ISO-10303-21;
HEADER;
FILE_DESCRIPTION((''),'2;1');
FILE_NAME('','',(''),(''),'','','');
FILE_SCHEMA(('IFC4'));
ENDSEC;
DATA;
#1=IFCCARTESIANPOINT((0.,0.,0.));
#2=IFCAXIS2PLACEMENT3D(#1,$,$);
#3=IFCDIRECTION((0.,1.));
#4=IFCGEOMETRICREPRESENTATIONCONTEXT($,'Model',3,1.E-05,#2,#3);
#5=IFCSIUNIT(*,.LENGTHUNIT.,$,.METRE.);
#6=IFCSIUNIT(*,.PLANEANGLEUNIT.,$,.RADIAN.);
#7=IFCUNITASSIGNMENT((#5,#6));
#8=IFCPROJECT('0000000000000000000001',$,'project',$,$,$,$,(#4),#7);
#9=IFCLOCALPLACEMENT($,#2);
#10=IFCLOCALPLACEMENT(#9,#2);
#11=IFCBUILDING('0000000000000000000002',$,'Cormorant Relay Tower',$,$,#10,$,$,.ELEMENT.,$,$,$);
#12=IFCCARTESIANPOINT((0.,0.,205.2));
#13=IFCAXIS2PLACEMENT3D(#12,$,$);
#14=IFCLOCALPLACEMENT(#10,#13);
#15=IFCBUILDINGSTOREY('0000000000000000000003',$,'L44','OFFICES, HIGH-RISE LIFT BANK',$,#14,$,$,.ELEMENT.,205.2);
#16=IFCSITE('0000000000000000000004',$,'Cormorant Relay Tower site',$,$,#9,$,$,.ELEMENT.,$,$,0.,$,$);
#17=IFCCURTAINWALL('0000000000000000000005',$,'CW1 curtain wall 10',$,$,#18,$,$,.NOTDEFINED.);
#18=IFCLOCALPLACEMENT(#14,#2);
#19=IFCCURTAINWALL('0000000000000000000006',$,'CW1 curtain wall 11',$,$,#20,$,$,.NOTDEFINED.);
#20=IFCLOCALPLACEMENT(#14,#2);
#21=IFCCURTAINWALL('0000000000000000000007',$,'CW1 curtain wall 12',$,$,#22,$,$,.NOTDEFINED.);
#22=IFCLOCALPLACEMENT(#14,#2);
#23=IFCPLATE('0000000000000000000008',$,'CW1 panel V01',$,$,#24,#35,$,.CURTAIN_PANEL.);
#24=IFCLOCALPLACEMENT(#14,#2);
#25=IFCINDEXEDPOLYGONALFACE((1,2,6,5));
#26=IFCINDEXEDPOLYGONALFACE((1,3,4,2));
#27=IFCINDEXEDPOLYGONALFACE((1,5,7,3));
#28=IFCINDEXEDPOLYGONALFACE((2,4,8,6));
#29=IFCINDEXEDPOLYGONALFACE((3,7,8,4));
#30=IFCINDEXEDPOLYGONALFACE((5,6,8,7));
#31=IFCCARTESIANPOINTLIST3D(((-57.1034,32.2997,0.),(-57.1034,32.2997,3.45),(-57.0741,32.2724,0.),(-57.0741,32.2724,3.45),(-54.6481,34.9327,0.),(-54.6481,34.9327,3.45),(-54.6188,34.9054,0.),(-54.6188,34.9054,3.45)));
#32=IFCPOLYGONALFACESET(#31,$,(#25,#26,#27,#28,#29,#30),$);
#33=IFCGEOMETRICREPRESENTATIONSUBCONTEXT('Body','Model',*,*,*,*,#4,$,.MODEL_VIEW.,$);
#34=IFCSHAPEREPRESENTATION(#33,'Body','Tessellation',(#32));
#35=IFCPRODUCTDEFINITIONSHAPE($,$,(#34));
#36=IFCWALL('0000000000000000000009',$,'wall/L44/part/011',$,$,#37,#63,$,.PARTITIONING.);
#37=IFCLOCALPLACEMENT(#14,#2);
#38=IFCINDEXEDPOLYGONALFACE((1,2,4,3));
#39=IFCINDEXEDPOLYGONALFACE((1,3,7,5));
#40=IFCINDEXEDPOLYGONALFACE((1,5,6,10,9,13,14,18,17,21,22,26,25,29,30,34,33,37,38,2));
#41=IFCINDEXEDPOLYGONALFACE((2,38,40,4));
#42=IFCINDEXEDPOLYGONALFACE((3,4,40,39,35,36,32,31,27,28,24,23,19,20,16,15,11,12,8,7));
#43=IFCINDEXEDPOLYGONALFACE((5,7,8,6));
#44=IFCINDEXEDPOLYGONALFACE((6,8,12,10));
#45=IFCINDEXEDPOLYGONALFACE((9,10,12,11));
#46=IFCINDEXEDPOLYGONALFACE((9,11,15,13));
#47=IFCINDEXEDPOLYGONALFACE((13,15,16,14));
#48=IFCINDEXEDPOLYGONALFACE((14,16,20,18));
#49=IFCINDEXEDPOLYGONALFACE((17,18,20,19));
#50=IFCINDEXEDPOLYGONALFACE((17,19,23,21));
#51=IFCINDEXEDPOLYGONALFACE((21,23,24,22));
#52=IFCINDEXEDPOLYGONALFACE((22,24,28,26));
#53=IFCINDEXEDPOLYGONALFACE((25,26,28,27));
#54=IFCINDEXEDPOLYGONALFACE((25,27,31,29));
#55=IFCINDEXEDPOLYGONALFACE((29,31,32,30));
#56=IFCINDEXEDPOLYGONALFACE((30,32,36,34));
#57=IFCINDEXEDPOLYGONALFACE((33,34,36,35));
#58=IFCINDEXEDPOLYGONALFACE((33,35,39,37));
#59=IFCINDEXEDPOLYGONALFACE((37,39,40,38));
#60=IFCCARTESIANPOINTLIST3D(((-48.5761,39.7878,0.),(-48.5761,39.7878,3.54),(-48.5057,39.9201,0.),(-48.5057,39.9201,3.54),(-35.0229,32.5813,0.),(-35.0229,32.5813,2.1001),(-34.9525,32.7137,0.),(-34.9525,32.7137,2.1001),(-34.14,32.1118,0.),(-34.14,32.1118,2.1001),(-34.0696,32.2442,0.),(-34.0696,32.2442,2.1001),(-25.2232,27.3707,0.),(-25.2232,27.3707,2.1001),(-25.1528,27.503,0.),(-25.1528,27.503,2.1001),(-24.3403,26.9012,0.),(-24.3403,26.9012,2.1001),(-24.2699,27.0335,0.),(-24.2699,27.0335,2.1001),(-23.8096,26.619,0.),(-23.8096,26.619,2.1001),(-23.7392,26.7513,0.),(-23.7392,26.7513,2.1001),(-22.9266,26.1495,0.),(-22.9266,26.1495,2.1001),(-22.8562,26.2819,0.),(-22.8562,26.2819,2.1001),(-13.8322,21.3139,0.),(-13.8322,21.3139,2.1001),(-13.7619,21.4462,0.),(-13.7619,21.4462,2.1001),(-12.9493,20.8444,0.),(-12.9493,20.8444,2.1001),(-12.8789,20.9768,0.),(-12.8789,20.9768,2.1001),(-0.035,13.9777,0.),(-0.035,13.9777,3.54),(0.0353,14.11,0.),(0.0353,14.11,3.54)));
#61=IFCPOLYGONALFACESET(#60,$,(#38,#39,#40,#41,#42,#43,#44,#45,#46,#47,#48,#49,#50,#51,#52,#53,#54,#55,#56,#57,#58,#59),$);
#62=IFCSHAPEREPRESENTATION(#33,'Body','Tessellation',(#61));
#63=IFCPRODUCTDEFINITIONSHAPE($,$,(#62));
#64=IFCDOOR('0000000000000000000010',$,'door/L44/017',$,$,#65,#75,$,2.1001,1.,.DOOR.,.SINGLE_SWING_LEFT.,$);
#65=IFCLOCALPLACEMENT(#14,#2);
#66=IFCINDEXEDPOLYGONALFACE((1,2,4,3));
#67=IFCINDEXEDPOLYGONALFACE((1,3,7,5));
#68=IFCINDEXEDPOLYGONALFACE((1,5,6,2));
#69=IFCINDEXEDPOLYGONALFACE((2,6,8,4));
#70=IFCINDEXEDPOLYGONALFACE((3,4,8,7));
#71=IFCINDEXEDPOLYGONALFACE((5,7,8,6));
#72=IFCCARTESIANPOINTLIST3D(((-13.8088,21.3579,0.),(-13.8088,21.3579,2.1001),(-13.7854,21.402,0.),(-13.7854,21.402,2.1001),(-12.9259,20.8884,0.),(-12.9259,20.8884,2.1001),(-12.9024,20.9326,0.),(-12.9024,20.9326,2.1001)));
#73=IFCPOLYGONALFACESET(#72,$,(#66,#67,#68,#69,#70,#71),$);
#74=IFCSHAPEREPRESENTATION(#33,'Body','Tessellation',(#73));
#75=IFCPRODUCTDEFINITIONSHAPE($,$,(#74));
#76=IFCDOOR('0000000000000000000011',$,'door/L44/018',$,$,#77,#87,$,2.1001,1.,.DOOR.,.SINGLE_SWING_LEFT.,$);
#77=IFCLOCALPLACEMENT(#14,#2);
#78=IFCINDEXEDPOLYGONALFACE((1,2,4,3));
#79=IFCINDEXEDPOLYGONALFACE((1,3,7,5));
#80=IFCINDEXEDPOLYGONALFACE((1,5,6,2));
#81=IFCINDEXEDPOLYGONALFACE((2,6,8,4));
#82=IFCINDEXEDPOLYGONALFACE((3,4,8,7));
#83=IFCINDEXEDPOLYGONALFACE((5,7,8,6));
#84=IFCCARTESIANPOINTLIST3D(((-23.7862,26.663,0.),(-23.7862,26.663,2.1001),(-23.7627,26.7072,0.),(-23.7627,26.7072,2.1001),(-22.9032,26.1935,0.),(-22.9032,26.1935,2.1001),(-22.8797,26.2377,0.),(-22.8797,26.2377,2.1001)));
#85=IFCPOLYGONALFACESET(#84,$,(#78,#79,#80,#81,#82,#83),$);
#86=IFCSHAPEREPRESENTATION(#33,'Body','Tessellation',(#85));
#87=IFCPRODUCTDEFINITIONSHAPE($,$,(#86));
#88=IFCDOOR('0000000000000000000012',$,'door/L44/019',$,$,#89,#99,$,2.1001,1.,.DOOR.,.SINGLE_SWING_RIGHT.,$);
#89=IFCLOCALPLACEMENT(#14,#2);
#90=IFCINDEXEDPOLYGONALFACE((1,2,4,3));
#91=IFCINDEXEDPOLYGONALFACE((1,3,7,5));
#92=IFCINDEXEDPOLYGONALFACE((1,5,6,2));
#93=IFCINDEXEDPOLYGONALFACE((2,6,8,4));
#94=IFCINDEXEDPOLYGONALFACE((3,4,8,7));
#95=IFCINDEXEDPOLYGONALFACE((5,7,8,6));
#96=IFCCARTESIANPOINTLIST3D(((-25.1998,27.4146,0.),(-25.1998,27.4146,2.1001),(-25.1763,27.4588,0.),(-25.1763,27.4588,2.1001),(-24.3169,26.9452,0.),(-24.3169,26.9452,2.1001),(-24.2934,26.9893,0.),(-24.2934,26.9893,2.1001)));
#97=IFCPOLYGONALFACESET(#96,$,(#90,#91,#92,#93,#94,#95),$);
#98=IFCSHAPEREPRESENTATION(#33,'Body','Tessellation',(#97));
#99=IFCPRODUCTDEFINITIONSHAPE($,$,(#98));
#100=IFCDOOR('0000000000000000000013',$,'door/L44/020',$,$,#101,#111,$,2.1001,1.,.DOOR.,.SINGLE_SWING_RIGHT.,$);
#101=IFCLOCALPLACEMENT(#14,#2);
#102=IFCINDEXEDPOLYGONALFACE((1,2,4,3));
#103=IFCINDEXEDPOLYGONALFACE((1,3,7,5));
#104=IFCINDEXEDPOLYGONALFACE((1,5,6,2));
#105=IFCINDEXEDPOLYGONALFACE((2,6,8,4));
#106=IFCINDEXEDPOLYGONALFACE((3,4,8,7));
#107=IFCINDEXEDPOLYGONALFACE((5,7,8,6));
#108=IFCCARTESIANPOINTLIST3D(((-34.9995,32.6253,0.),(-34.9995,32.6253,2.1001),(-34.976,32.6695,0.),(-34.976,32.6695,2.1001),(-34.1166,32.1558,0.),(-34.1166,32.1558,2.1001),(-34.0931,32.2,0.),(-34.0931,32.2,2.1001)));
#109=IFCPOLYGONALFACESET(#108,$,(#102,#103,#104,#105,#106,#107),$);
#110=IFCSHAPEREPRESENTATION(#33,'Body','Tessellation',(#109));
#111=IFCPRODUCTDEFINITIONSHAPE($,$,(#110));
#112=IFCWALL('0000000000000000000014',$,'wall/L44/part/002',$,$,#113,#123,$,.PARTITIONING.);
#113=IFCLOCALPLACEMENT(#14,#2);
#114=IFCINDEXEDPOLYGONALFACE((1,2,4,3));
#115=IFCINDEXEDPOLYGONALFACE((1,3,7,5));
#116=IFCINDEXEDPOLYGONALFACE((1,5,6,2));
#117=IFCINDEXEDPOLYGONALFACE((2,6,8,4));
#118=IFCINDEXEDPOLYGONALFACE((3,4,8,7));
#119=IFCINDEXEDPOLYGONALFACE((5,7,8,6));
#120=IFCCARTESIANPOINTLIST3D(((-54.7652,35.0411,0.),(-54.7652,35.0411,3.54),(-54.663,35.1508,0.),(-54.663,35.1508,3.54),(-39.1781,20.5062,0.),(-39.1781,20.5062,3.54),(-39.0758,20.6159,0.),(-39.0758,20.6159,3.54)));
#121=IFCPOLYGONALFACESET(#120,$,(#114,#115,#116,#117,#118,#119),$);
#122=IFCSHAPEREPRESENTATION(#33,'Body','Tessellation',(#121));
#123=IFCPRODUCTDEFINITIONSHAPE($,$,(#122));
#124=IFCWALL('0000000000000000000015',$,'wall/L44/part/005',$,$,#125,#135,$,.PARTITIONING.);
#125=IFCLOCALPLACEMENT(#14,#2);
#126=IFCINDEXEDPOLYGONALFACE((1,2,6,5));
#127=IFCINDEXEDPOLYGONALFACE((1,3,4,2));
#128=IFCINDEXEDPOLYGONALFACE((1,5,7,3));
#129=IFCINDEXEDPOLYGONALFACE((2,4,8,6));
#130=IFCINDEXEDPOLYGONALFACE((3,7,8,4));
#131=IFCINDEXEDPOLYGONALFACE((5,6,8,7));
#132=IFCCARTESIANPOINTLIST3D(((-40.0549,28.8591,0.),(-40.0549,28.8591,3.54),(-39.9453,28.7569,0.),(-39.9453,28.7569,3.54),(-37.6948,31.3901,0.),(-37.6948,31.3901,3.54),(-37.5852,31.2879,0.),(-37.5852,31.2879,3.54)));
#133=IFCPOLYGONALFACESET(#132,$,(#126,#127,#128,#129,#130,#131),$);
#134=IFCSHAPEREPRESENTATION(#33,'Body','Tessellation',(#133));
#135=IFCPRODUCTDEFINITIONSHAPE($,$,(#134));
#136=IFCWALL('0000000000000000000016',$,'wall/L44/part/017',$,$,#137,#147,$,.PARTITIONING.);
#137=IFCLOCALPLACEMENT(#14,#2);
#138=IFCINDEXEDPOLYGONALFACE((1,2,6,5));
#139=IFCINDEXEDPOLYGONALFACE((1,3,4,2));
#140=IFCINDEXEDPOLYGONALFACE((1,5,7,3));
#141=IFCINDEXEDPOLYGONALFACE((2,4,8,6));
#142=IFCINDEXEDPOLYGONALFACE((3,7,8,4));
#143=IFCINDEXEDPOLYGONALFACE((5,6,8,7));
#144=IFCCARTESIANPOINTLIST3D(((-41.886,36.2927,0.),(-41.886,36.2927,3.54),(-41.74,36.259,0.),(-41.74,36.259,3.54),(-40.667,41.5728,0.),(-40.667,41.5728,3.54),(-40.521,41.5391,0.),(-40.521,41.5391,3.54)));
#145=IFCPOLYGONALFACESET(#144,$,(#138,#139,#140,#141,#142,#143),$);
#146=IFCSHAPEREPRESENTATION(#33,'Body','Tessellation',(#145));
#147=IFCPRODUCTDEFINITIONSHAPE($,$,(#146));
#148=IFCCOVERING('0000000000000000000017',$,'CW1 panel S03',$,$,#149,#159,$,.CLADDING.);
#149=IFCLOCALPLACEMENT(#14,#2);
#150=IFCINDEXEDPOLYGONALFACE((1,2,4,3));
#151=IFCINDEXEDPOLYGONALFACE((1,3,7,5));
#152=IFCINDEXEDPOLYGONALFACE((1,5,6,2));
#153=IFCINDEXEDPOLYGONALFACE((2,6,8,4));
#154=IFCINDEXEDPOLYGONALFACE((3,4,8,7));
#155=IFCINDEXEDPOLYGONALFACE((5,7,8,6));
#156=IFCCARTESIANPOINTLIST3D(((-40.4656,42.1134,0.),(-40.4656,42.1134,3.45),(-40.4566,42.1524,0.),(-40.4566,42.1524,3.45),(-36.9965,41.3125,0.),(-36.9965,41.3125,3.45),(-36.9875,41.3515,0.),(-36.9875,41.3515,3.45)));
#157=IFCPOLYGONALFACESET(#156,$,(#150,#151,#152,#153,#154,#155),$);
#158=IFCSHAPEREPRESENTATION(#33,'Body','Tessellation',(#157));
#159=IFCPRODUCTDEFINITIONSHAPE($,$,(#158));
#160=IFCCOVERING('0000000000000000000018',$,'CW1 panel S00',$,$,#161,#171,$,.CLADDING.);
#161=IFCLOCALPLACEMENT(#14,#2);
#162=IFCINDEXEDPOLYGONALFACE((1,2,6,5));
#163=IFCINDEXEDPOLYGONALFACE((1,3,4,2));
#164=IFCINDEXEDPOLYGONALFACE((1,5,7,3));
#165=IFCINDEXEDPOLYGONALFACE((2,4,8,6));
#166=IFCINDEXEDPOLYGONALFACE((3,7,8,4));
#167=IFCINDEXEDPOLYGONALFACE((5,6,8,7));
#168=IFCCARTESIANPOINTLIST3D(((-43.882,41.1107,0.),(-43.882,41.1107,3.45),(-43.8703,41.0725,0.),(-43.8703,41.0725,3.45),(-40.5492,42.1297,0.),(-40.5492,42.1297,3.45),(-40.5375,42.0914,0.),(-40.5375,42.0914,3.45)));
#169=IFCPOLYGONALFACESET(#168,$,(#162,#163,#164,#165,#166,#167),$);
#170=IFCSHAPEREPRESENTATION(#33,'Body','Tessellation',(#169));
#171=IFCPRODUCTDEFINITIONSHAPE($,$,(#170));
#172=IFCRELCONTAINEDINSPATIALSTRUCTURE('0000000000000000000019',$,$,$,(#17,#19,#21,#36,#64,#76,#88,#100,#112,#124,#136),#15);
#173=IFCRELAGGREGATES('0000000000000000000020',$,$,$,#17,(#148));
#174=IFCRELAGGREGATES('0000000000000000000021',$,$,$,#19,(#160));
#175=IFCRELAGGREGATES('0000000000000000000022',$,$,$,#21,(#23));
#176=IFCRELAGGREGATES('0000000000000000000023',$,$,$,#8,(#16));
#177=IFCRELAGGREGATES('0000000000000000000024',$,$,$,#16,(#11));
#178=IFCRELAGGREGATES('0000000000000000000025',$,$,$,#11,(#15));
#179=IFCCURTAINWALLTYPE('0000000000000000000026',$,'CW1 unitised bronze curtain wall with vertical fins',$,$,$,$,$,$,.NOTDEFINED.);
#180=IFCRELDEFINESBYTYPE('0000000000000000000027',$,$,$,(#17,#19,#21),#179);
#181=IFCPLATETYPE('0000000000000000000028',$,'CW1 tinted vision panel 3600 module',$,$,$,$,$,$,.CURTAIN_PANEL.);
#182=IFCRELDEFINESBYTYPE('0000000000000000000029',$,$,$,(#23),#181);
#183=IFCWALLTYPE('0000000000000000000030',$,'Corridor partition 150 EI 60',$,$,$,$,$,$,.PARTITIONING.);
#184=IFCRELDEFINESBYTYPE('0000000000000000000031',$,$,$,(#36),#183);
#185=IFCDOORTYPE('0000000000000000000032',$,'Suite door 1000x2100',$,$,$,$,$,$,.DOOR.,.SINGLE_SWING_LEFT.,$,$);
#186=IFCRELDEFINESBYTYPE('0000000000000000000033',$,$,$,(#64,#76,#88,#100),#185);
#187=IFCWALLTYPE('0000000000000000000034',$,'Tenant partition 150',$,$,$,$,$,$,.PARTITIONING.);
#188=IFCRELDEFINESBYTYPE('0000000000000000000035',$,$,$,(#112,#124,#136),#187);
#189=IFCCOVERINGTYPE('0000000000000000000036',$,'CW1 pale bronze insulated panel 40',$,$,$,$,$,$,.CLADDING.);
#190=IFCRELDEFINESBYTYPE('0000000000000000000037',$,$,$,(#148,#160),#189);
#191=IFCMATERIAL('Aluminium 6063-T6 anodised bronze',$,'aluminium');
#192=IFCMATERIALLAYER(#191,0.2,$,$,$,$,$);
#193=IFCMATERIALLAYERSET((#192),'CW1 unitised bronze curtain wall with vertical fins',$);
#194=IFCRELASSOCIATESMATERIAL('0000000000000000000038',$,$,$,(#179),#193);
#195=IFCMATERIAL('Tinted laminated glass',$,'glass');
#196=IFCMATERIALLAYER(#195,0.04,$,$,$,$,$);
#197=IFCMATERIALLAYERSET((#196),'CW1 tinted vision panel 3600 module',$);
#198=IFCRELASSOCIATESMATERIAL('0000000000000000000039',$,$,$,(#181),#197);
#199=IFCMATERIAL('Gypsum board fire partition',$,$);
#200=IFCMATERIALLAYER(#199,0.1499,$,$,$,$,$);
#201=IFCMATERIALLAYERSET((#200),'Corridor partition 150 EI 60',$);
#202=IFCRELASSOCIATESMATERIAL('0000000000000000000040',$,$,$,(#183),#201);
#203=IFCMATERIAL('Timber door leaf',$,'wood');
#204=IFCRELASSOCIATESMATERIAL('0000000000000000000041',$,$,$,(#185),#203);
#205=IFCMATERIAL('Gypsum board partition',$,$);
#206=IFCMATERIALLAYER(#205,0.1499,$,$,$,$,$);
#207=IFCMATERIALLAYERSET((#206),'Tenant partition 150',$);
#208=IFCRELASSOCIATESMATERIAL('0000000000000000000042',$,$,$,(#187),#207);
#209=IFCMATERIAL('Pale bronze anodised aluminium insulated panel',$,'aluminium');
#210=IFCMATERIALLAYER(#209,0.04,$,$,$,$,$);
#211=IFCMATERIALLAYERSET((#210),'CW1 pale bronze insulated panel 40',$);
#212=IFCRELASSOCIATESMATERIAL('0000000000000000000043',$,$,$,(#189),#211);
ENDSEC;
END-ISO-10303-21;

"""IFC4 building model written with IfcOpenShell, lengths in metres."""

from ifc_helpers import new_model, si_unit, direction, frame, frame_2d, origin, origin_2d, place, context, subcontext, project, spatial, rectangle, extrude, material, layer, layer_set, type_object, element, fill, aggregate, save


model = new_model("IFC4")

# Units and contexts
model_context = context("Model", 3, precision=1e-05, world=origin(), true_north=direction((0.0, 1.0)))
body_context = subcontext(model_context, "Body", "Model", "MODEL_VIEW")
ifc_project = project(units=[si_unit("LENGTHUNIT", "METRE"), si_unit("PLANEANGLEUNIT", "RADIAN")], contexts=[model_context])

# Site, building, storey
site_placement = place(None, origin())
site = spatial("IfcSite", under=ifc_project, at=site_placement, Name="Cormorant Relay Tower site", CompositionType="ELEMENT", RefElevation=0.0)
building_placement = place(site_placement, origin())
building = spatial("IfcBuilding", under=site, at=building_placement, Name="Cormorant Relay Tower", CompositionType="ELEMENT")
storey_placement = place(building_placement, frame((0.0, 0.0, 205.2)))
storey = spatial("IfcBuildingStorey", under=building, at=storey_placement, Name="L44", Description="OFFICES, HIGH-RISE LIFT BANK", CompositionType="ELEMENT", Elevation=205.2)

# Curtain wall
ifc_material_1 = material(Name="Aluminium 6063-T6 anodised bronze", Category="aluminium")
ifc_layer_1 = layer(ifc_material_1, 0.2)
ifc_layer_set_1 = layer_set([ifc_layer_1], Name="CW1 unitised bronze curtain wall with vertical fins")
curtain_wall_type = type_object("IfcCurtainWallType", Name="CW1 unitised bronze curtain wall with vertical fins", PredefinedType="NOTDEFINED", material=ifc_layer_set_1)
curtain_wall_1_placement = place(storey_placement, origin())
curtain_wall_1 = element("IfcCurtainWall", 1, at=curtain_wall_1_placement, inside=storey, type_object=curtain_wall_type, Name="CW1 curtain wall 10", PredefinedType="NOTDEFINED")

# Curtain walls
curtain_wall_2_placement = place(storey_placement, origin())
curtain_wall_2 = element("IfcCurtainWall", 2, at=curtain_wall_2_placement, inside=storey, type_object=curtain_wall_type, Name="CW1 curtain wall 11", PredefinedType="NOTDEFINED")
curtain_wall_3_placement = place(storey_placement, origin())
curtain_wall_3 = element("IfcCurtainWall", 3, at=curtain_wall_3_placement, inside=storey, type_object=curtain_wall_type, Name="CW1 curtain wall 12", PredefinedType="NOTDEFINED")

# Plate
ifc_material_2 = material(Name="Tinted laminated glass", Category="glass")
ifc_layer_2 = layer(ifc_material_2, 0.04)
ifc_layer_set_2 = layer_set([ifc_layer_2], Name="CW1 tinted vision panel 3600 module")
plate_type_1 = type_object("IfcPlateType", Name="CW1 tinted vision panel 3600 module", PredefinedType="CURTAIN_PANEL", material=ifc_layer_set_2)
plate_1_placement = place(storey_placement, frame((-55.8611, 33.6025, 0.0), z_axis=(0.0, 0.0, 1.0), x_axis=(-0.681998, -0.731354, 0.0)))
plate_1 = element("IfcPlate", 4, at=plate_1_placement, type_object=plate_type_1, Name="CW1 panel V01", PredefinedType="CURTAIN_PANEL", context=body_context, shape_type="SweptSolid", body=[
    extrude(rectangle(XDim=3.6001, YDim=0.04, at=origin_2d()), origin(), (0.0, 0.0, 1.0), 3.45),
])

# Wall, openings, doors
ifc_material_3 = material(Name="Gypsum board fire partition")
ifc_layer_3 = layer(ifc_material_3, 0.1499)
ifc_layer_set_3 = layer_set([ifc_layer_3], Name="Corridor partition 150 EI 60")
wall_type_1 = type_object("IfcWallType", Name="Corridor partition 150 EI 60", PredefinedType="PARTITIONING", material=ifc_layer_set_3)
wall_1_placement = place(storey_placement, frame((-48.541, 39.854, 0.0), z_axis=(0.0, 0.0, 1.0), x_axis=(0.882945, -0.469476, 0.0)))
wall_1 = element("IfcWall", 5, at=wall_1_placement, inside=storey, type_object=wall_type_1, Name="wall/L44/part/011", PredefinedType="PARTITIONING", context=body_context, shape_type="SweptSolid", body=[
    extrude(rectangle(XDim=54.9763, YDim=0.1499, at=frame_2d((27.4883, 0.0))), origin(), (0.0, 0.0, 1.0), 3.54),
])
opening_1_placement = place(wall_1_placement, frame((39.3501, 0.0, 0.0)))
opening_1 = element("IfcOpeningElement", 6, at=opening_1_placement, cuts=wall_1, PredefinedType="OPENING", context=body_context, shape_type="SweptSolid", body=[
    extrude(rectangle(XDim=1.0, YDim=2.1001, at=frame_2d((0.5, 1.05))), frame((0.0, 0.085, 0.0), z_axis=(0.0, -1.0, 0.0), x_axis=(1.0, 0.0, 0.0)), (0.0, 0.0, 1.0), 0.1699),
])
opening_2_placement = place(wall_1_placement, frame((28.05, 0.0, 0.0)))
opening_2 = element("IfcOpeningElement", 7, at=opening_2_placement, cuts=wall_1, PredefinedType="OPENING", context=body_context, shape_type="SweptSolid", body=[
    extrude(rectangle(XDim=1.0, YDim=2.1001, at=frame_2d((0.5, 1.05))), frame((0.0, 0.085, 0.0), z_axis=(0.0, -1.0, 0.0), x_axis=(1.0, 0.0, 0.0)), (0.0, 0.0, 1.0), 0.1699),
])
opening_3_placement = place(wall_1_placement, frame((26.449, 0.0, 0.0)))
opening_3 = element("IfcOpeningElement", 8, at=opening_3_placement, cuts=wall_1, PredefinedType="OPENING", context=body_context, shape_type="SweptSolid", body=[
    extrude(rectangle(XDim=1.0, YDim=2.1001, at=frame_2d((0.5, 1.05))), frame((0.0, 0.085, 0.0), z_axis=(0.0, -1.0, 0.0), x_axis=(1.0, 0.0, 0.0)), (0.0, 0.0, 1.0), 0.1699),
])
opening_4_placement = place(wall_1_placement, frame((15.3501, 0.0, 0.0)))
opening_4 = element("IfcOpeningElement", 9, at=opening_4_placement, cuts=wall_1, PredefinedType="OPENING", context=body_context, shape_type="SweptSolid", body=[
    extrude(rectangle(XDim=1.0, YDim=2.1001, at=frame_2d((0.5, 1.05))), frame((0.0, 0.085, 0.0), z_axis=(0.0, -1.0, 0.0), x_axis=(1.0, 0.0, 0.0)), (0.0, 0.0, 1.0), 0.1699),
])
ifc_material_4 = material(Name="Timber door leaf", Category="wood")
door_type = type_object("IfcDoorType", Name="Suite door 1000x2100", OperationType="SINGLE_SWING_LEFT", PredefinedType="DOOR", material=ifc_material_4)
door_1_placement = place(opening_1_placement, origin())
door_1 = element("IfcDoor", 10, at=door_1_placement, inside=storey, type_object=door_type, Name="door/L44/017", OperationType="SINGLE_SWING_LEFT", OverallHeight=2.1001, OverallWidth=1.0, PredefinedType="DOOR", context=body_context, shape_type="SweptSolid", body=[
    extrude(rectangle(XDim=1.0, YDim=2.1001, at=frame_2d((0.5, 1.05))), frame((0.0, 0.0249, 0.0), z_axis=(0.0, -1.0, 0.0), x_axis=(1.0, 0.0, 0.0)), (0.0, 0.0, 1.0), 0.05),
])
fill(opening_1, door_1)
door_2_placement = place(opening_2_placement, origin())
door_2 = element("IfcDoor", 11, at=door_2_placement, inside=storey, type_object=door_type, Name="door/L44/018", OperationType="SINGLE_SWING_LEFT", OverallHeight=2.1001, OverallWidth=1.0, PredefinedType="DOOR", context=body_context, shape_type="SweptSolid", body=[
    extrude(rectangle(XDim=1.0, YDim=2.1001, at=frame_2d((0.5, 1.05))), frame((0.0, 0.0249, 0.0), z_axis=(0.0, -1.0, 0.0), x_axis=(1.0, 0.0, 0.0)), (0.0, 0.0, 1.0), 0.05),
])
fill(opening_2, door_2)
door_3_placement = place(opening_3_placement, origin())
door_3 = element("IfcDoor", 12, at=door_3_placement, inside=storey, type_object=door_type, Name="door/L44/019", OperationType="SINGLE_SWING_RIGHT", OverallHeight=2.1001, OverallWidth=1.0, PredefinedType="DOOR", context=body_context, shape_type="SweptSolid", body=[
    extrude(rectangle(XDim=1.0, YDim=2.1001, at=frame_2d((0.5, 1.05))), frame((0.0, 0.0249, 0.0), z_axis=(0.0, -1.0, 0.0), x_axis=(1.0, 0.0, 0.0)), (0.0, 0.0, 1.0), 0.05),
])
fill(opening_3, door_3)
door_4_placement = place(opening_4_placement, origin())
door_4 = element("IfcDoor", 13, at=door_4_placement, inside=storey, type_object=door_type, Name="door/L44/020", OperationType="SINGLE_SWING_RIGHT", OverallHeight=2.1001, OverallWidth=1.0, PredefinedType="DOOR", context=body_context, shape_type="SweptSolid", body=[
    extrude(rectangle(XDim=1.0, YDim=2.1001, at=frame_2d((0.5, 1.05))), frame((0.0, 0.0249, 0.0), z_axis=(0.0, -1.0, 0.0), x_axis=(1.0, 0.0, 0.0)), (0.0, 0.0, 1.0), 0.05),
])
fill(opening_4, door_4)

# Walls
ifc_material_5 = material(Name="Gypsum board partition")
ifc_layer_4 = layer(ifc_material_5, 0.1499)
ifc_layer_set_4 = layer_set([ifc_layer_4], Name="Tenant partition 150")
wall_type_2 = type_object("IfcWallType", Name="Tenant partition 150", PredefinedType="PARTITIONING", material=ifc_layer_set_4)
wall_2_placement = place(storey_placement, frame((-54.7141, 35.0959, 0.0), z_axis=(0.0, 0.0, 1.0), x_axis=(0.731362, -0.68199, 0.0)))
element("IfcWall", 14, at=wall_2_placement, inside=storey, type_object=wall_type_2, Name="wall/L44/part/002", PredefinedType="PARTITIONING", context=body_context, shape_type="SweptSolid", body=[
    extrude(rectangle(XDim=21.3125, YDim=0.1499, at=frame_2d((10.6562, 0.0))), origin(), (0.0, 0.0, 1.0), 3.54),
])
wall_3_placement = place(storey_placement, frame((-37.6399, 31.3391, 0.0), z_axis=(0.0, 0.0, 1.0), x_axis=(-0.681984, -0.731367, 0.0)))
element("IfcWall", 15, at=wall_3_placement, inside=storey, type_object=wall_type_2, Name="wall/L44/part/005", PredefinedType="PARTITIONING", context=body_context, shape_type="SweptSolid", body=[
    extrude(rectangle(XDim=3.4607, YDim=0.1499, at=frame_2d((1.7305, 0.0))), origin(), (0.0, 0.0, 1.0), 3.54),
])
wall_4_placement = place(storey_placement, frame((-41.813, 36.2759, 0.0), z_axis=(0.0, 0.0, 1.0), x_axis=(0.224952, 0.97437, 0.0)))
element("IfcWall", 16, at=wall_4_placement, inside=storey, type_object=wall_type_2, Name="wall/L44/part/017", PredefinedType="PARTITIONING", context=body_context, shape_type="SweptSolid", body=[
    extrude(rectangle(XDim=5.4189, YDim=0.1499, at=frame_2d((2.7095, 0.0))), origin(), (0.0, 0.0, 1.0), 3.54),
])

# Coverings
ifc_material_6 = material(Name="Pale bronze anodised aluminium insulated panel", Category="aluminium")
ifc_layer_5 = layer(ifc_material_6, 0.04)
ifc_layer_set_5 = layer_set([ifc_layer_5], Name="CW1 pale bronze insulated panel 40")
covering_type = type_object("IfcCoveringType", Name="CW1 pale bronze insulated panel 40", PredefinedType="CLADDING", material=ifc_layer_set_5)
covering_1_placement = place(storey_placement, frame((-38.7266, 41.7324, 0.0), z_axis=(0.0, 0.0, 1.0), x_axis=(-0.97437, 0.224951, 0.0)))
covering_1 = element("IfcCovering", 17, at=covering_1_placement, type_object=covering_type, Name="CW1 panel S03", PredefinedType="CLADDING", context=body_context, shape_type="SweptSolid", body=[
    extrude(rectangle(XDim=3.5603, YDim=0.04, at=origin_2d()), origin(), (0.0, 0.0, 1.0), 3.45),
])
aggregate(curtain_wall_1, [covering_1])
covering_2_placement = place(storey_placement, frame((-42.2097, 41.6011, 0.0), z_axis=(0.0, 0.0, 1.0), x_axis=(-0.956305, -0.292372, 0.0)))
covering_2 = element("IfcCovering", 18, at=covering_2_placement, type_object=covering_type, Name="CW1 panel S00", PredefinedType="CLADDING", context=body_context, shape_type="SweptSolid", body=[
    extrude(rectangle(XDim=3.4851, YDim=0.04, at=origin_2d()), origin(), (0.0, 0.0, 1.0), 3.45),
])
aggregate(curtain_wall_2, [covering_2])
aggregate(curtain_wall_3, [plate_1])

save(model, "model.ifc")
